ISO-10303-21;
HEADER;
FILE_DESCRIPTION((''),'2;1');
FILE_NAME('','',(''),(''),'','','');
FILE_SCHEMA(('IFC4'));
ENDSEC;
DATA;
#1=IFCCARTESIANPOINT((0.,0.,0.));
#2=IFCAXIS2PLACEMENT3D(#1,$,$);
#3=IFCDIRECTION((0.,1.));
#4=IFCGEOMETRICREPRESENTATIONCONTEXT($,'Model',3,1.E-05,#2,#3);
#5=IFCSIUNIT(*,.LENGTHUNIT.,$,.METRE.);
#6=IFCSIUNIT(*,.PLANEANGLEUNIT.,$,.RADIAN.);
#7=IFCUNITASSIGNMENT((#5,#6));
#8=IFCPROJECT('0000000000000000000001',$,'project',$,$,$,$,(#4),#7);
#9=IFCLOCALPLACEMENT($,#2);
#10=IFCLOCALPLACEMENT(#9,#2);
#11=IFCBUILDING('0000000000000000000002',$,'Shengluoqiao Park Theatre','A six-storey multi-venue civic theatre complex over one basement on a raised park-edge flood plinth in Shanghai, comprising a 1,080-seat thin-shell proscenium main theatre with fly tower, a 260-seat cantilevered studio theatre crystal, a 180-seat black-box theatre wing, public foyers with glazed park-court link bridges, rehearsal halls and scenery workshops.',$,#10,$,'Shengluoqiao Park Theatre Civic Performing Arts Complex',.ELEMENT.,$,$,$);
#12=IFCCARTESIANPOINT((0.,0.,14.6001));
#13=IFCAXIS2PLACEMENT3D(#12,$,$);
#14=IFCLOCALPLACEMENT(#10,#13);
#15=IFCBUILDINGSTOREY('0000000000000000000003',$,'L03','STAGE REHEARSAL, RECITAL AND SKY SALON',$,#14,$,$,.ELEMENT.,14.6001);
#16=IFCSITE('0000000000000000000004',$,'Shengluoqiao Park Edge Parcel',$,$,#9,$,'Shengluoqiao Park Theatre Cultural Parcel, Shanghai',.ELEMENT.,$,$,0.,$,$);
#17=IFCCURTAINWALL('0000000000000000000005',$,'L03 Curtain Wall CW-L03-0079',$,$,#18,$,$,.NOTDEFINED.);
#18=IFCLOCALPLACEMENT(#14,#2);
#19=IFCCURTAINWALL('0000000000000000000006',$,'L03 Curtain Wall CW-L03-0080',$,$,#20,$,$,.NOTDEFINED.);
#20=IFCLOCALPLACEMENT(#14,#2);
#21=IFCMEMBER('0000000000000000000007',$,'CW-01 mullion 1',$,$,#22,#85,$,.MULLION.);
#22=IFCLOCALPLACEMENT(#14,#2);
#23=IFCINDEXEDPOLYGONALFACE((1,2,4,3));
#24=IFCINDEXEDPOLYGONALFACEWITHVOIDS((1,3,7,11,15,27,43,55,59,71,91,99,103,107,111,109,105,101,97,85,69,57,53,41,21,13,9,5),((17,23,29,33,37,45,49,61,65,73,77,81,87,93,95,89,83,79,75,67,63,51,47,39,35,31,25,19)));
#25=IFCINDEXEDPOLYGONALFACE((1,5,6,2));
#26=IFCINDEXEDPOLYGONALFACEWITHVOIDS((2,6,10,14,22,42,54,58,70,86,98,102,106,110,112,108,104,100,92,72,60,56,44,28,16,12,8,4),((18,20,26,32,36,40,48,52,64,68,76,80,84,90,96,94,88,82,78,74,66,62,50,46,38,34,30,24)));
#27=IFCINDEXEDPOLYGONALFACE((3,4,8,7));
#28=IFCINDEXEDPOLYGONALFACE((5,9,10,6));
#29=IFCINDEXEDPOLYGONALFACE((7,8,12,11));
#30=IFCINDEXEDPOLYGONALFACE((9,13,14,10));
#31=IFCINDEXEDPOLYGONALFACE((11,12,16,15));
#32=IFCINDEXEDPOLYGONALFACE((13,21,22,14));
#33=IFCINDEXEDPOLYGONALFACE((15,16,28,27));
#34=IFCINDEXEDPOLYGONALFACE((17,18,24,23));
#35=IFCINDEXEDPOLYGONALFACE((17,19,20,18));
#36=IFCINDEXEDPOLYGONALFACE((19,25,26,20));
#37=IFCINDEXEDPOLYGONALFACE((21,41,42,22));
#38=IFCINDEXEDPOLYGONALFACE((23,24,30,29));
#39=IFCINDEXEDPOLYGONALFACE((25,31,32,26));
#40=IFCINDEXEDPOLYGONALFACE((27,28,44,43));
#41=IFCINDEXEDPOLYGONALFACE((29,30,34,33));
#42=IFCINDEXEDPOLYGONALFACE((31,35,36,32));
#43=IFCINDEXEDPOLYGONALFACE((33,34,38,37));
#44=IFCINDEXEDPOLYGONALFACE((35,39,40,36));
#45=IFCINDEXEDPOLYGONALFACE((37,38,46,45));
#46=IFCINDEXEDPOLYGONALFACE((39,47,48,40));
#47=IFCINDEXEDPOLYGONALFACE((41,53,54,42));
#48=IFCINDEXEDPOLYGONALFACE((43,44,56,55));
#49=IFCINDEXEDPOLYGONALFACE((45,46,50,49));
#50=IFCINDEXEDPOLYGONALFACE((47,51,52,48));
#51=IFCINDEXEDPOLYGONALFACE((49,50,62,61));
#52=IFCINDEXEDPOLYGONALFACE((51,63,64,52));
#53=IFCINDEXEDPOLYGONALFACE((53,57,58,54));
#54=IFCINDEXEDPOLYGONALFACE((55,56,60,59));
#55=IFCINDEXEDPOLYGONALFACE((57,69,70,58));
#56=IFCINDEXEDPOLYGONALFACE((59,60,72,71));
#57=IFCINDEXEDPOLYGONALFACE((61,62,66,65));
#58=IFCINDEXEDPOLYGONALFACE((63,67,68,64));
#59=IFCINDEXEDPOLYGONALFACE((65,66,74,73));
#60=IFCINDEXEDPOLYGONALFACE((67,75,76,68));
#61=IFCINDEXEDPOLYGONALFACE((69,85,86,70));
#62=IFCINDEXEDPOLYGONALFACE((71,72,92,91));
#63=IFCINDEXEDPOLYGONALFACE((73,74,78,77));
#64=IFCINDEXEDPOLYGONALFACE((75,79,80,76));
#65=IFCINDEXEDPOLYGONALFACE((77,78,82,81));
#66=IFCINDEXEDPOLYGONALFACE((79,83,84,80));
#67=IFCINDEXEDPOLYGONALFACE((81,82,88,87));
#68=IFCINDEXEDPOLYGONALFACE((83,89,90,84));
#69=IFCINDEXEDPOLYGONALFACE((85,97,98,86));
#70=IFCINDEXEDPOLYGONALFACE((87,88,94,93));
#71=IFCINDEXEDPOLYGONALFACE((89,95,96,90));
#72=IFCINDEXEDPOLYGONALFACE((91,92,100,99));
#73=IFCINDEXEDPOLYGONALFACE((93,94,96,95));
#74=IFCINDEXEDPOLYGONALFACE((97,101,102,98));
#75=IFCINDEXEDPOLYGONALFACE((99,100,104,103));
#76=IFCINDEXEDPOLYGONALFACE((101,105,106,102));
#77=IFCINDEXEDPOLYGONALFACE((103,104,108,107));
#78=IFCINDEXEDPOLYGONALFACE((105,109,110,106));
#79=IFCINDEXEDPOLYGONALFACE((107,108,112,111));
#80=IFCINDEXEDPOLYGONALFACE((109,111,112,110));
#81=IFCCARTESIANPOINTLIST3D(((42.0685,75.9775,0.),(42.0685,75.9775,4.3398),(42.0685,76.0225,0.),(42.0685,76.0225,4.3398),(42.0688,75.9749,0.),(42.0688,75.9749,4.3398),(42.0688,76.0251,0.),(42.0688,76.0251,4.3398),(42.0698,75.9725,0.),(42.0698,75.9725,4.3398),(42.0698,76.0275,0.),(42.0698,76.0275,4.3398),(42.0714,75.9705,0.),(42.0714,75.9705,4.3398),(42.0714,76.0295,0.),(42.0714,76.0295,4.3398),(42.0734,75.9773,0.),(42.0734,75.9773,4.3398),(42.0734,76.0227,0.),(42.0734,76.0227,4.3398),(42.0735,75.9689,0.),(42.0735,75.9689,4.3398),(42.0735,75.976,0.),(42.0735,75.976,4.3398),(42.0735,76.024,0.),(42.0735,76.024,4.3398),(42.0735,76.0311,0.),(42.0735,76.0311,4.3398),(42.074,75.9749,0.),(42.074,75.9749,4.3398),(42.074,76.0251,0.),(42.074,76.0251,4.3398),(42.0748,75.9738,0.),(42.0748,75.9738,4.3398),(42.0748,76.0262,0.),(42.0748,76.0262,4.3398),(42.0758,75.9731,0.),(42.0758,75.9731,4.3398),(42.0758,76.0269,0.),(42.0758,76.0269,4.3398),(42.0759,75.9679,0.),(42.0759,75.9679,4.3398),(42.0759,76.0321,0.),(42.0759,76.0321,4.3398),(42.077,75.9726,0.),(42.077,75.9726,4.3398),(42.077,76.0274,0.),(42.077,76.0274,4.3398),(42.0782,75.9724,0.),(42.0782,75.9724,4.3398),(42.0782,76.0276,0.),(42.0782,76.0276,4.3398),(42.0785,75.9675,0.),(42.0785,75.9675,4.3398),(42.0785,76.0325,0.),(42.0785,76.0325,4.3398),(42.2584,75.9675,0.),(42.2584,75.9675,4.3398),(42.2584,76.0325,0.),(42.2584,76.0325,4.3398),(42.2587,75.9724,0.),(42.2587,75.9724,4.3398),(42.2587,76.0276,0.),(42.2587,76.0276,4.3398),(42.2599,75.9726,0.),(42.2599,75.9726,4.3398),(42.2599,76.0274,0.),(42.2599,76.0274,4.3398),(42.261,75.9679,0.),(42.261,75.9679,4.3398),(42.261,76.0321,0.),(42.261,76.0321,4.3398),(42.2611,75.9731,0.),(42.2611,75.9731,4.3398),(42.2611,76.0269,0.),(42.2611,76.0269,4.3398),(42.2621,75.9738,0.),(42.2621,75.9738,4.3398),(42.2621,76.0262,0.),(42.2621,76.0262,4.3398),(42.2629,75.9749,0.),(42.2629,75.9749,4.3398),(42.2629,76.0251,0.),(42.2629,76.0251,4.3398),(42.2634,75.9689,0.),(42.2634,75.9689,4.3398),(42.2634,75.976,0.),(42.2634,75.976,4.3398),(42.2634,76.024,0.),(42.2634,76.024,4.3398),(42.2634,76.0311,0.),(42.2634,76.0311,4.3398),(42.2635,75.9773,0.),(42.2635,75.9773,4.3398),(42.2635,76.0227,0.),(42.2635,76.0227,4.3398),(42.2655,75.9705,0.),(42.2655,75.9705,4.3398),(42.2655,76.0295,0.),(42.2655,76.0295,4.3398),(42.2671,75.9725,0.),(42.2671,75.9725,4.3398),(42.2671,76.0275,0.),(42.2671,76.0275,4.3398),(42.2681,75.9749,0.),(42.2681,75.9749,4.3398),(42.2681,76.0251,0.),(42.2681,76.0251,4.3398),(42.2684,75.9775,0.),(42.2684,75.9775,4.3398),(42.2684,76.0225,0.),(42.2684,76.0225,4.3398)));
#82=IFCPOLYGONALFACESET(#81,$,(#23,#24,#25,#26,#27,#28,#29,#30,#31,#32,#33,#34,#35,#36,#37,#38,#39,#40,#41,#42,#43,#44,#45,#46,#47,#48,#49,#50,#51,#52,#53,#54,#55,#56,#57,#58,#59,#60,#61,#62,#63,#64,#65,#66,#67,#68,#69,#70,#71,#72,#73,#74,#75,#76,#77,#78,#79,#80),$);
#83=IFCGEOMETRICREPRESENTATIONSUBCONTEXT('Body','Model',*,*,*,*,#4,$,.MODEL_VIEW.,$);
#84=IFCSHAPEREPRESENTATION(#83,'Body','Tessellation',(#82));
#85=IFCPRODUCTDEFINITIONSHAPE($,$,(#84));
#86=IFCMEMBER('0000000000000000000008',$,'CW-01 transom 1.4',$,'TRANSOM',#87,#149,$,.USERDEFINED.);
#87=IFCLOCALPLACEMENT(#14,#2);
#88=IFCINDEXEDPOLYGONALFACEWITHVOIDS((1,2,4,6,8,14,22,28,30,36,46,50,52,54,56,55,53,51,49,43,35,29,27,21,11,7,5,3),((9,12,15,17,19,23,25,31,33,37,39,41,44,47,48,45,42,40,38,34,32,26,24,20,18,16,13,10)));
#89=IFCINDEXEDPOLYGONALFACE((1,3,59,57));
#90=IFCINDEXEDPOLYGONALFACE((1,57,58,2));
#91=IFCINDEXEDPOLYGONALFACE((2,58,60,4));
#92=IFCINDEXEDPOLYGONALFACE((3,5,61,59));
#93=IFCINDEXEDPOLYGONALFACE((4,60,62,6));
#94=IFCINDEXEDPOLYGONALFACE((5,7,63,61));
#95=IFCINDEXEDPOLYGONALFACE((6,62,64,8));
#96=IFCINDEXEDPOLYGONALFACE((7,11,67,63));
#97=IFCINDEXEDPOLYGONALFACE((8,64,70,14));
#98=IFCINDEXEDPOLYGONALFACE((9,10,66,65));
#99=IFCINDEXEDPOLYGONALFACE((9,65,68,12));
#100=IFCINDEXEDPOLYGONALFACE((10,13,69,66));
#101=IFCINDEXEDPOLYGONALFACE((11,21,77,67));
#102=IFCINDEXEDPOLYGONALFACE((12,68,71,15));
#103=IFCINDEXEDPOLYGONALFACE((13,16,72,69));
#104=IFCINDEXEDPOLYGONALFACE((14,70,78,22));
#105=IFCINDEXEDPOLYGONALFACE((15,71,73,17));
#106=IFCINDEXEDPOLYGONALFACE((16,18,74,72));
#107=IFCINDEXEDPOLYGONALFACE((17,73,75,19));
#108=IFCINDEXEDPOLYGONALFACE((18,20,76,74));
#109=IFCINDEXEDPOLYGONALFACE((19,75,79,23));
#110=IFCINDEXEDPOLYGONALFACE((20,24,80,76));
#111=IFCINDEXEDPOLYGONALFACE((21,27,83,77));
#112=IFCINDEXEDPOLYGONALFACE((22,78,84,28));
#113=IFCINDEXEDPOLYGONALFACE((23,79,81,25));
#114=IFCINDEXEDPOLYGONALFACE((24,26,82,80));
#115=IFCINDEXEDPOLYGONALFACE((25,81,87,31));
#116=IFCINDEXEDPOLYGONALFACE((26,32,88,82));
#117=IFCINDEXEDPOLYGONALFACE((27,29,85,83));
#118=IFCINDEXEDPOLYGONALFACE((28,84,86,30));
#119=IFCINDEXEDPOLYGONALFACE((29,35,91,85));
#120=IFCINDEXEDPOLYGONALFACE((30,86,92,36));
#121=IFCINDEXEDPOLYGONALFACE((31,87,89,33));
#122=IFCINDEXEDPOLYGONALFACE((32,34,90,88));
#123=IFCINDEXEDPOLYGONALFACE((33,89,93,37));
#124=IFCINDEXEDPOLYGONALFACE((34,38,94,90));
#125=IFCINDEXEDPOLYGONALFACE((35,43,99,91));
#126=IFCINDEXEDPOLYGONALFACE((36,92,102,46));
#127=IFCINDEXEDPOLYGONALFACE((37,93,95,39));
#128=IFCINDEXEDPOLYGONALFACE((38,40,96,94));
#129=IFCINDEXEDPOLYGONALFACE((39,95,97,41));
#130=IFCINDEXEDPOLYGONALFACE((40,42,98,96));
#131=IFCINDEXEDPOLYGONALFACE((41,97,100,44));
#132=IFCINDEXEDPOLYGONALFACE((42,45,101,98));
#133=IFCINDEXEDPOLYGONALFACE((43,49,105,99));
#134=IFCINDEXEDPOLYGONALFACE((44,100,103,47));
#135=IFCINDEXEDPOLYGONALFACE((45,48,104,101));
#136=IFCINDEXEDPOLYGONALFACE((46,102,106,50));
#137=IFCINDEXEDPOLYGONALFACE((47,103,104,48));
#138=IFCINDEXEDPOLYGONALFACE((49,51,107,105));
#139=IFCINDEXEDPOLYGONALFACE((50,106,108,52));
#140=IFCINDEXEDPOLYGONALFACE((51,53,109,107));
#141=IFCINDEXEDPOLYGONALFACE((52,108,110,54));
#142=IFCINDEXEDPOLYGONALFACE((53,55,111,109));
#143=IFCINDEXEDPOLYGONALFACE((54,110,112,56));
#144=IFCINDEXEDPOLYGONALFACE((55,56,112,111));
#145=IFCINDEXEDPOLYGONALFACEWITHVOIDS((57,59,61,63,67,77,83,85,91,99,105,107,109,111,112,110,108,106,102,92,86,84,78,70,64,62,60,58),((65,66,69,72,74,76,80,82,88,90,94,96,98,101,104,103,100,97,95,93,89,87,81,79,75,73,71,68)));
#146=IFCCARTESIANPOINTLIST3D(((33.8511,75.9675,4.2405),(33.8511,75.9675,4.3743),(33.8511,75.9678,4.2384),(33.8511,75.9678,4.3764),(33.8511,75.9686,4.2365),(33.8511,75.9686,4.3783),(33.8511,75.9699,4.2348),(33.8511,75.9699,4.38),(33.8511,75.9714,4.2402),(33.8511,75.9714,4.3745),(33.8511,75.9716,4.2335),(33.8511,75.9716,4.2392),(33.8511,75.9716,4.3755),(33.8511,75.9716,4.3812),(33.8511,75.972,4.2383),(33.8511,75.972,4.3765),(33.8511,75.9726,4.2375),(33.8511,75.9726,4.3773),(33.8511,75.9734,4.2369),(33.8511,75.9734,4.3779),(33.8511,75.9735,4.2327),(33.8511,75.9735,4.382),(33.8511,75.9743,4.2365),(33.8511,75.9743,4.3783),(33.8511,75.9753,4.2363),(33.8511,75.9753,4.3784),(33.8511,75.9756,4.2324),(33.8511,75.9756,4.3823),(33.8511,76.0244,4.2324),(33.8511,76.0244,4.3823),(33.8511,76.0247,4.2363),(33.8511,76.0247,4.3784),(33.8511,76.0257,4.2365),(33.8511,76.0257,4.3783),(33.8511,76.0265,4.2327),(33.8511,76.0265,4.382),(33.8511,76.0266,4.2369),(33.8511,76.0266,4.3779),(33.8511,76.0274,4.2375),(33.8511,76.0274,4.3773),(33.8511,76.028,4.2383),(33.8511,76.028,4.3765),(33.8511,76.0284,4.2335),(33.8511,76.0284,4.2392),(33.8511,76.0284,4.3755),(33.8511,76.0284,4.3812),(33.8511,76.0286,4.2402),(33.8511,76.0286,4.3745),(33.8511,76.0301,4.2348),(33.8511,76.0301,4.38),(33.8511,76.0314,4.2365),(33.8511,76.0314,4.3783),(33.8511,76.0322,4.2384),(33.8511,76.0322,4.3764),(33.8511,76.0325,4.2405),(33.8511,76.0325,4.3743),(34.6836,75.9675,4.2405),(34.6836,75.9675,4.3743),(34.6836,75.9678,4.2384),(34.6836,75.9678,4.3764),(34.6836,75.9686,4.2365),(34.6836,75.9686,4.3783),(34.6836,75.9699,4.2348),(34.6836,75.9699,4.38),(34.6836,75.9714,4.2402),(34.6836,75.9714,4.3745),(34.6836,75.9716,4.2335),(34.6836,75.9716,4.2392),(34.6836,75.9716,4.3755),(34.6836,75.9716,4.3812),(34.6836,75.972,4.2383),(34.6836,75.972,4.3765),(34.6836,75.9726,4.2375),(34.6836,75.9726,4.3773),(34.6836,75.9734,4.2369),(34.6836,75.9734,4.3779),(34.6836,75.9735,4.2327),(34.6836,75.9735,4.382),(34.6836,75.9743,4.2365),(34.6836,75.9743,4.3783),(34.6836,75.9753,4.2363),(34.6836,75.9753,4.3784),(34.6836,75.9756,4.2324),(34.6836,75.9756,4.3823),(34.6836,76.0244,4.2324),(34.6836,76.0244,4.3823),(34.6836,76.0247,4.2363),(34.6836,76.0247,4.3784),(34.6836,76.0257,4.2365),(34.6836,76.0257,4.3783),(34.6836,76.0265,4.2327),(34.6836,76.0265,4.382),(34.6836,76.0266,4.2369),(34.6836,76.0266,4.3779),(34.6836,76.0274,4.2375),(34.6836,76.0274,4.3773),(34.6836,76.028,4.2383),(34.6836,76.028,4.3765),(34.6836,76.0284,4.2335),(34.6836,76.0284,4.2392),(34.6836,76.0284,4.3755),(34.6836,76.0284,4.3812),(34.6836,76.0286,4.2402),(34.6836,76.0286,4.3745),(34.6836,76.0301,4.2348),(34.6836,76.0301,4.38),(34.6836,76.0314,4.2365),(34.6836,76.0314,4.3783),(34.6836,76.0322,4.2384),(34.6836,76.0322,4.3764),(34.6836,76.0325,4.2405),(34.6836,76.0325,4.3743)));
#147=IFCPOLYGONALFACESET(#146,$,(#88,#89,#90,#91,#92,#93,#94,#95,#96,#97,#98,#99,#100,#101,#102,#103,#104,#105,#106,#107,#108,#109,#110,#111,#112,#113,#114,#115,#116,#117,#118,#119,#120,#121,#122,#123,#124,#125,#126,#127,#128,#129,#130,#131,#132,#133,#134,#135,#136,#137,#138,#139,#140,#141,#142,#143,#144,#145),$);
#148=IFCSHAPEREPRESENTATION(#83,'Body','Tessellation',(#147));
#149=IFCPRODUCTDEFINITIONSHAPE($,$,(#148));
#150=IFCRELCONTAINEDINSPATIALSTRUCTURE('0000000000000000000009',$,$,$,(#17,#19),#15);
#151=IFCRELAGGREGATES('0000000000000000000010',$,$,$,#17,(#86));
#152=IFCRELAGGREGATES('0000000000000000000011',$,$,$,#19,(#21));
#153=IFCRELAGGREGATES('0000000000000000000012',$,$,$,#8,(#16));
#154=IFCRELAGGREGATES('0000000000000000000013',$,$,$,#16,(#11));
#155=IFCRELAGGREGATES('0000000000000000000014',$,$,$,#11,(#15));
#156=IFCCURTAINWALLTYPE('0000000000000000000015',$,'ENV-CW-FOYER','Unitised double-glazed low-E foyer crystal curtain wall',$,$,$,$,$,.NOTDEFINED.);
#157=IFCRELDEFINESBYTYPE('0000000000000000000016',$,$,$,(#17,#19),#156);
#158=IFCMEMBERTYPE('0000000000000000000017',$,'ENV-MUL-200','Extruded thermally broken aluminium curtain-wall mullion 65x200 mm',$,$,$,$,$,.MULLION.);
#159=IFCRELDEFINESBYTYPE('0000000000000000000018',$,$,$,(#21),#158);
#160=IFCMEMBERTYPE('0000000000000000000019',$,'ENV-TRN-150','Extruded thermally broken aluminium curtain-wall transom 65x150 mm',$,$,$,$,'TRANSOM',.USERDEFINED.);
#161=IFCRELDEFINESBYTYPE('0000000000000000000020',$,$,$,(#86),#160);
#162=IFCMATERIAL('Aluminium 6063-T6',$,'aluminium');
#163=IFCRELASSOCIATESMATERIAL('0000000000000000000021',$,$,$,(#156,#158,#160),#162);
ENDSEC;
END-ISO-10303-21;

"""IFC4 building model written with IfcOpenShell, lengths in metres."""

from ifc_helpers import new_model, si_unit, direction, frame, origin, origin_2d, place, context, subcontext, project, spatial, hollow_rectangle, extrude, material, material_profile, profile_set, type_object, element, aggregate, save


model = new_model("IFC4")

# Units and contexts
model_context = context("Model", 3, precision=1e-05, world=origin(), true_north=direction((0.0, 1.0)))
body_context = subcontext(model_context, "Body", "Model", "MODEL_VIEW")
ifc_project = project(units=[si_unit("LENGTHUNIT", "METRE"), si_unit("PLANEANGLEUNIT", "RADIAN")], contexts=[model_context])

# Site, building, storey
site_placement = place(None, origin())
site = spatial("IfcSite", under=ifc_project, at=site_placement, Name="Shengluoqiao Park Edge Parcel", LongName="Shengluoqiao Park Theatre Cultural Parcel, Shanghai", CompositionType="ELEMENT", RefElevation=0.0)
building_placement = place(site_placement, origin())
building = spatial("IfcBuilding", under=site, at=building_placement, Name="Shengluoqiao Park Theatre", Description="A six-storey multi-venue civic theatre complex over one basement on a raised park-edge flood plinth in Shanghai, comprising a 1,080-seat thin-shell proscenium main theatre with fly tower, a 260-seat cantilevered studio theatre crystal, a 180-seat black-box theatre wing, public foyers with glazed park-court link bridges, rehearsal halls and scenery workshops.", LongName="Shengluoqiao Park Theatre Civic Performing Arts Complex", CompositionType="ELEMENT")
storey_placement = place(building_placement, frame((0.0, 0.0, 14.6001)))
storey = spatial("IfcBuildingStorey", under=building, at=storey_placement, Name="L03", Description="STAGE REHEARSAL, RECITAL AND SKY SALON", CompositionType="ELEMENT", Elevation=14.6001)

# Curtain wall
ifc_material_1 = material(Name="Aluminium 6063-T6", Category="aluminium")
curtain_wall_type = type_object("IfcCurtainWallType", Name="ENV-CW-FOYER", Description="Unitised double-glazed low-E foyer crystal curtain wall", PredefinedType="NOTDEFINED", material=ifc_material_1)
curtain_wall_1_placement = place(storey_placement, origin())
curtain_wall_1 = element("IfcCurtainWall", 1, at=curtain_wall_1_placement, inside=storey, type_object=curtain_wall_type, Name="L03 Curtain Wall CW-L03-0079", PredefinedType="NOTDEFINED")
ifc_material_profile_1 = material_profile(ifc_material_1, hollow_rectangle(XDim=0.0649, YDim=0.2, WallThickness=0.0049, InnerFilletRadius=0.0049, OuterFilletRadius=0.01, at=origin_2d()), Name="ALU MULLION 200x65x5")
ifc_profile_set_1 = profile_set([ifc_material_profile_1], Name="Aluminium 6063-T6")
member_type_1 = type_object("IfcMemberType", Name="ENV-MUL-200", Description="Extruded thermally broken aluminium curtain-wall mullion 65x200 mm", PredefinedType="MULLION", material=ifc_profile_set_1)

# Curtain wall, member
curtain_wall_2_placement = place(storey_placement, origin())
curtain_wall_2 = element("IfcCurtainWall", 2, at=curtain_wall_2_placement, inside=storey, type_object=curtain_wall_type, Name="L03 Curtain Wall CW-L03-0080", PredefinedType="NOTDEFINED")
member_1_placement = place(storey_placement, frame((42.1685, 76.0, 0.0), z_axis=(0.0, 0.0, 1.0), x_axis=(0.0, 1.0, 0.0)))
member_1 = element("IfcMember", 3, at=member_1_placement, type_object=member_type_1, Name="CW-01 mullion 1", PredefinedType="MULLION", context=body_context, shape_type="SweptSolid", body=[
    extrude(hollow_rectangle(XDim=0.0649, YDim=0.2, WallThickness=0.0049, InnerFilletRadius=0.0049, OuterFilletRadius=0.01, at=origin_2d()), origin(), (0.0, 0.0, 1.0), 4.3398),
])

# Member
ifc_material_profile_2 = material_profile(ifc_material_1, hollow_rectangle(XDim=0.0649, YDim=0.1499, WallThickness=0.0039, InnerFilletRadius=0.0039, OuterFilletRadius=0.0081, at=origin_2d()), Name="ALU TRANSOM 150x65x4")
ifc_profile_set_2 = profile_set([ifc_material_profile_2], Name="Aluminium 6063-T6")
member_type_2 = type_object("IfcMemberType", Name="ENV-TRN-150", Description="Extruded thermally broken aluminium curtain-wall transom 65x150 mm", ElementType="TRANSOM", PredefinedType="USERDEFINED", material=ifc_profile_set_2)
member_2_placement = place(storey_placement, frame((33.8511, 76.0, 4.3074), z_axis=(1.0, 0.0, 0.0), x_axis=(0.0, 1.0, 0.0)))
member_2 = element("IfcMember", 4, at=member_2_placement, type_object=member_type_2, Name="CW-01 transom 1.4", ObjectType="TRANSOM", PredefinedType="USERDEFINED", context=body_context, shape_type="SweptSolid", body=[
    extrude(hollow_rectangle(XDim=0.0649, YDim=0.1499, WallThickness=0.0039, InnerFilletRadius=0.0039, OuterFilletRadius=0.0081, at=origin_2d()), origin(), (0.0, 0.0, 1.0), 0.8325),
])

aggregate(curtain_wall_1, [member_2])
aggregate(curtain_wall_2, [member_1])

save(model, "model.ifc")
